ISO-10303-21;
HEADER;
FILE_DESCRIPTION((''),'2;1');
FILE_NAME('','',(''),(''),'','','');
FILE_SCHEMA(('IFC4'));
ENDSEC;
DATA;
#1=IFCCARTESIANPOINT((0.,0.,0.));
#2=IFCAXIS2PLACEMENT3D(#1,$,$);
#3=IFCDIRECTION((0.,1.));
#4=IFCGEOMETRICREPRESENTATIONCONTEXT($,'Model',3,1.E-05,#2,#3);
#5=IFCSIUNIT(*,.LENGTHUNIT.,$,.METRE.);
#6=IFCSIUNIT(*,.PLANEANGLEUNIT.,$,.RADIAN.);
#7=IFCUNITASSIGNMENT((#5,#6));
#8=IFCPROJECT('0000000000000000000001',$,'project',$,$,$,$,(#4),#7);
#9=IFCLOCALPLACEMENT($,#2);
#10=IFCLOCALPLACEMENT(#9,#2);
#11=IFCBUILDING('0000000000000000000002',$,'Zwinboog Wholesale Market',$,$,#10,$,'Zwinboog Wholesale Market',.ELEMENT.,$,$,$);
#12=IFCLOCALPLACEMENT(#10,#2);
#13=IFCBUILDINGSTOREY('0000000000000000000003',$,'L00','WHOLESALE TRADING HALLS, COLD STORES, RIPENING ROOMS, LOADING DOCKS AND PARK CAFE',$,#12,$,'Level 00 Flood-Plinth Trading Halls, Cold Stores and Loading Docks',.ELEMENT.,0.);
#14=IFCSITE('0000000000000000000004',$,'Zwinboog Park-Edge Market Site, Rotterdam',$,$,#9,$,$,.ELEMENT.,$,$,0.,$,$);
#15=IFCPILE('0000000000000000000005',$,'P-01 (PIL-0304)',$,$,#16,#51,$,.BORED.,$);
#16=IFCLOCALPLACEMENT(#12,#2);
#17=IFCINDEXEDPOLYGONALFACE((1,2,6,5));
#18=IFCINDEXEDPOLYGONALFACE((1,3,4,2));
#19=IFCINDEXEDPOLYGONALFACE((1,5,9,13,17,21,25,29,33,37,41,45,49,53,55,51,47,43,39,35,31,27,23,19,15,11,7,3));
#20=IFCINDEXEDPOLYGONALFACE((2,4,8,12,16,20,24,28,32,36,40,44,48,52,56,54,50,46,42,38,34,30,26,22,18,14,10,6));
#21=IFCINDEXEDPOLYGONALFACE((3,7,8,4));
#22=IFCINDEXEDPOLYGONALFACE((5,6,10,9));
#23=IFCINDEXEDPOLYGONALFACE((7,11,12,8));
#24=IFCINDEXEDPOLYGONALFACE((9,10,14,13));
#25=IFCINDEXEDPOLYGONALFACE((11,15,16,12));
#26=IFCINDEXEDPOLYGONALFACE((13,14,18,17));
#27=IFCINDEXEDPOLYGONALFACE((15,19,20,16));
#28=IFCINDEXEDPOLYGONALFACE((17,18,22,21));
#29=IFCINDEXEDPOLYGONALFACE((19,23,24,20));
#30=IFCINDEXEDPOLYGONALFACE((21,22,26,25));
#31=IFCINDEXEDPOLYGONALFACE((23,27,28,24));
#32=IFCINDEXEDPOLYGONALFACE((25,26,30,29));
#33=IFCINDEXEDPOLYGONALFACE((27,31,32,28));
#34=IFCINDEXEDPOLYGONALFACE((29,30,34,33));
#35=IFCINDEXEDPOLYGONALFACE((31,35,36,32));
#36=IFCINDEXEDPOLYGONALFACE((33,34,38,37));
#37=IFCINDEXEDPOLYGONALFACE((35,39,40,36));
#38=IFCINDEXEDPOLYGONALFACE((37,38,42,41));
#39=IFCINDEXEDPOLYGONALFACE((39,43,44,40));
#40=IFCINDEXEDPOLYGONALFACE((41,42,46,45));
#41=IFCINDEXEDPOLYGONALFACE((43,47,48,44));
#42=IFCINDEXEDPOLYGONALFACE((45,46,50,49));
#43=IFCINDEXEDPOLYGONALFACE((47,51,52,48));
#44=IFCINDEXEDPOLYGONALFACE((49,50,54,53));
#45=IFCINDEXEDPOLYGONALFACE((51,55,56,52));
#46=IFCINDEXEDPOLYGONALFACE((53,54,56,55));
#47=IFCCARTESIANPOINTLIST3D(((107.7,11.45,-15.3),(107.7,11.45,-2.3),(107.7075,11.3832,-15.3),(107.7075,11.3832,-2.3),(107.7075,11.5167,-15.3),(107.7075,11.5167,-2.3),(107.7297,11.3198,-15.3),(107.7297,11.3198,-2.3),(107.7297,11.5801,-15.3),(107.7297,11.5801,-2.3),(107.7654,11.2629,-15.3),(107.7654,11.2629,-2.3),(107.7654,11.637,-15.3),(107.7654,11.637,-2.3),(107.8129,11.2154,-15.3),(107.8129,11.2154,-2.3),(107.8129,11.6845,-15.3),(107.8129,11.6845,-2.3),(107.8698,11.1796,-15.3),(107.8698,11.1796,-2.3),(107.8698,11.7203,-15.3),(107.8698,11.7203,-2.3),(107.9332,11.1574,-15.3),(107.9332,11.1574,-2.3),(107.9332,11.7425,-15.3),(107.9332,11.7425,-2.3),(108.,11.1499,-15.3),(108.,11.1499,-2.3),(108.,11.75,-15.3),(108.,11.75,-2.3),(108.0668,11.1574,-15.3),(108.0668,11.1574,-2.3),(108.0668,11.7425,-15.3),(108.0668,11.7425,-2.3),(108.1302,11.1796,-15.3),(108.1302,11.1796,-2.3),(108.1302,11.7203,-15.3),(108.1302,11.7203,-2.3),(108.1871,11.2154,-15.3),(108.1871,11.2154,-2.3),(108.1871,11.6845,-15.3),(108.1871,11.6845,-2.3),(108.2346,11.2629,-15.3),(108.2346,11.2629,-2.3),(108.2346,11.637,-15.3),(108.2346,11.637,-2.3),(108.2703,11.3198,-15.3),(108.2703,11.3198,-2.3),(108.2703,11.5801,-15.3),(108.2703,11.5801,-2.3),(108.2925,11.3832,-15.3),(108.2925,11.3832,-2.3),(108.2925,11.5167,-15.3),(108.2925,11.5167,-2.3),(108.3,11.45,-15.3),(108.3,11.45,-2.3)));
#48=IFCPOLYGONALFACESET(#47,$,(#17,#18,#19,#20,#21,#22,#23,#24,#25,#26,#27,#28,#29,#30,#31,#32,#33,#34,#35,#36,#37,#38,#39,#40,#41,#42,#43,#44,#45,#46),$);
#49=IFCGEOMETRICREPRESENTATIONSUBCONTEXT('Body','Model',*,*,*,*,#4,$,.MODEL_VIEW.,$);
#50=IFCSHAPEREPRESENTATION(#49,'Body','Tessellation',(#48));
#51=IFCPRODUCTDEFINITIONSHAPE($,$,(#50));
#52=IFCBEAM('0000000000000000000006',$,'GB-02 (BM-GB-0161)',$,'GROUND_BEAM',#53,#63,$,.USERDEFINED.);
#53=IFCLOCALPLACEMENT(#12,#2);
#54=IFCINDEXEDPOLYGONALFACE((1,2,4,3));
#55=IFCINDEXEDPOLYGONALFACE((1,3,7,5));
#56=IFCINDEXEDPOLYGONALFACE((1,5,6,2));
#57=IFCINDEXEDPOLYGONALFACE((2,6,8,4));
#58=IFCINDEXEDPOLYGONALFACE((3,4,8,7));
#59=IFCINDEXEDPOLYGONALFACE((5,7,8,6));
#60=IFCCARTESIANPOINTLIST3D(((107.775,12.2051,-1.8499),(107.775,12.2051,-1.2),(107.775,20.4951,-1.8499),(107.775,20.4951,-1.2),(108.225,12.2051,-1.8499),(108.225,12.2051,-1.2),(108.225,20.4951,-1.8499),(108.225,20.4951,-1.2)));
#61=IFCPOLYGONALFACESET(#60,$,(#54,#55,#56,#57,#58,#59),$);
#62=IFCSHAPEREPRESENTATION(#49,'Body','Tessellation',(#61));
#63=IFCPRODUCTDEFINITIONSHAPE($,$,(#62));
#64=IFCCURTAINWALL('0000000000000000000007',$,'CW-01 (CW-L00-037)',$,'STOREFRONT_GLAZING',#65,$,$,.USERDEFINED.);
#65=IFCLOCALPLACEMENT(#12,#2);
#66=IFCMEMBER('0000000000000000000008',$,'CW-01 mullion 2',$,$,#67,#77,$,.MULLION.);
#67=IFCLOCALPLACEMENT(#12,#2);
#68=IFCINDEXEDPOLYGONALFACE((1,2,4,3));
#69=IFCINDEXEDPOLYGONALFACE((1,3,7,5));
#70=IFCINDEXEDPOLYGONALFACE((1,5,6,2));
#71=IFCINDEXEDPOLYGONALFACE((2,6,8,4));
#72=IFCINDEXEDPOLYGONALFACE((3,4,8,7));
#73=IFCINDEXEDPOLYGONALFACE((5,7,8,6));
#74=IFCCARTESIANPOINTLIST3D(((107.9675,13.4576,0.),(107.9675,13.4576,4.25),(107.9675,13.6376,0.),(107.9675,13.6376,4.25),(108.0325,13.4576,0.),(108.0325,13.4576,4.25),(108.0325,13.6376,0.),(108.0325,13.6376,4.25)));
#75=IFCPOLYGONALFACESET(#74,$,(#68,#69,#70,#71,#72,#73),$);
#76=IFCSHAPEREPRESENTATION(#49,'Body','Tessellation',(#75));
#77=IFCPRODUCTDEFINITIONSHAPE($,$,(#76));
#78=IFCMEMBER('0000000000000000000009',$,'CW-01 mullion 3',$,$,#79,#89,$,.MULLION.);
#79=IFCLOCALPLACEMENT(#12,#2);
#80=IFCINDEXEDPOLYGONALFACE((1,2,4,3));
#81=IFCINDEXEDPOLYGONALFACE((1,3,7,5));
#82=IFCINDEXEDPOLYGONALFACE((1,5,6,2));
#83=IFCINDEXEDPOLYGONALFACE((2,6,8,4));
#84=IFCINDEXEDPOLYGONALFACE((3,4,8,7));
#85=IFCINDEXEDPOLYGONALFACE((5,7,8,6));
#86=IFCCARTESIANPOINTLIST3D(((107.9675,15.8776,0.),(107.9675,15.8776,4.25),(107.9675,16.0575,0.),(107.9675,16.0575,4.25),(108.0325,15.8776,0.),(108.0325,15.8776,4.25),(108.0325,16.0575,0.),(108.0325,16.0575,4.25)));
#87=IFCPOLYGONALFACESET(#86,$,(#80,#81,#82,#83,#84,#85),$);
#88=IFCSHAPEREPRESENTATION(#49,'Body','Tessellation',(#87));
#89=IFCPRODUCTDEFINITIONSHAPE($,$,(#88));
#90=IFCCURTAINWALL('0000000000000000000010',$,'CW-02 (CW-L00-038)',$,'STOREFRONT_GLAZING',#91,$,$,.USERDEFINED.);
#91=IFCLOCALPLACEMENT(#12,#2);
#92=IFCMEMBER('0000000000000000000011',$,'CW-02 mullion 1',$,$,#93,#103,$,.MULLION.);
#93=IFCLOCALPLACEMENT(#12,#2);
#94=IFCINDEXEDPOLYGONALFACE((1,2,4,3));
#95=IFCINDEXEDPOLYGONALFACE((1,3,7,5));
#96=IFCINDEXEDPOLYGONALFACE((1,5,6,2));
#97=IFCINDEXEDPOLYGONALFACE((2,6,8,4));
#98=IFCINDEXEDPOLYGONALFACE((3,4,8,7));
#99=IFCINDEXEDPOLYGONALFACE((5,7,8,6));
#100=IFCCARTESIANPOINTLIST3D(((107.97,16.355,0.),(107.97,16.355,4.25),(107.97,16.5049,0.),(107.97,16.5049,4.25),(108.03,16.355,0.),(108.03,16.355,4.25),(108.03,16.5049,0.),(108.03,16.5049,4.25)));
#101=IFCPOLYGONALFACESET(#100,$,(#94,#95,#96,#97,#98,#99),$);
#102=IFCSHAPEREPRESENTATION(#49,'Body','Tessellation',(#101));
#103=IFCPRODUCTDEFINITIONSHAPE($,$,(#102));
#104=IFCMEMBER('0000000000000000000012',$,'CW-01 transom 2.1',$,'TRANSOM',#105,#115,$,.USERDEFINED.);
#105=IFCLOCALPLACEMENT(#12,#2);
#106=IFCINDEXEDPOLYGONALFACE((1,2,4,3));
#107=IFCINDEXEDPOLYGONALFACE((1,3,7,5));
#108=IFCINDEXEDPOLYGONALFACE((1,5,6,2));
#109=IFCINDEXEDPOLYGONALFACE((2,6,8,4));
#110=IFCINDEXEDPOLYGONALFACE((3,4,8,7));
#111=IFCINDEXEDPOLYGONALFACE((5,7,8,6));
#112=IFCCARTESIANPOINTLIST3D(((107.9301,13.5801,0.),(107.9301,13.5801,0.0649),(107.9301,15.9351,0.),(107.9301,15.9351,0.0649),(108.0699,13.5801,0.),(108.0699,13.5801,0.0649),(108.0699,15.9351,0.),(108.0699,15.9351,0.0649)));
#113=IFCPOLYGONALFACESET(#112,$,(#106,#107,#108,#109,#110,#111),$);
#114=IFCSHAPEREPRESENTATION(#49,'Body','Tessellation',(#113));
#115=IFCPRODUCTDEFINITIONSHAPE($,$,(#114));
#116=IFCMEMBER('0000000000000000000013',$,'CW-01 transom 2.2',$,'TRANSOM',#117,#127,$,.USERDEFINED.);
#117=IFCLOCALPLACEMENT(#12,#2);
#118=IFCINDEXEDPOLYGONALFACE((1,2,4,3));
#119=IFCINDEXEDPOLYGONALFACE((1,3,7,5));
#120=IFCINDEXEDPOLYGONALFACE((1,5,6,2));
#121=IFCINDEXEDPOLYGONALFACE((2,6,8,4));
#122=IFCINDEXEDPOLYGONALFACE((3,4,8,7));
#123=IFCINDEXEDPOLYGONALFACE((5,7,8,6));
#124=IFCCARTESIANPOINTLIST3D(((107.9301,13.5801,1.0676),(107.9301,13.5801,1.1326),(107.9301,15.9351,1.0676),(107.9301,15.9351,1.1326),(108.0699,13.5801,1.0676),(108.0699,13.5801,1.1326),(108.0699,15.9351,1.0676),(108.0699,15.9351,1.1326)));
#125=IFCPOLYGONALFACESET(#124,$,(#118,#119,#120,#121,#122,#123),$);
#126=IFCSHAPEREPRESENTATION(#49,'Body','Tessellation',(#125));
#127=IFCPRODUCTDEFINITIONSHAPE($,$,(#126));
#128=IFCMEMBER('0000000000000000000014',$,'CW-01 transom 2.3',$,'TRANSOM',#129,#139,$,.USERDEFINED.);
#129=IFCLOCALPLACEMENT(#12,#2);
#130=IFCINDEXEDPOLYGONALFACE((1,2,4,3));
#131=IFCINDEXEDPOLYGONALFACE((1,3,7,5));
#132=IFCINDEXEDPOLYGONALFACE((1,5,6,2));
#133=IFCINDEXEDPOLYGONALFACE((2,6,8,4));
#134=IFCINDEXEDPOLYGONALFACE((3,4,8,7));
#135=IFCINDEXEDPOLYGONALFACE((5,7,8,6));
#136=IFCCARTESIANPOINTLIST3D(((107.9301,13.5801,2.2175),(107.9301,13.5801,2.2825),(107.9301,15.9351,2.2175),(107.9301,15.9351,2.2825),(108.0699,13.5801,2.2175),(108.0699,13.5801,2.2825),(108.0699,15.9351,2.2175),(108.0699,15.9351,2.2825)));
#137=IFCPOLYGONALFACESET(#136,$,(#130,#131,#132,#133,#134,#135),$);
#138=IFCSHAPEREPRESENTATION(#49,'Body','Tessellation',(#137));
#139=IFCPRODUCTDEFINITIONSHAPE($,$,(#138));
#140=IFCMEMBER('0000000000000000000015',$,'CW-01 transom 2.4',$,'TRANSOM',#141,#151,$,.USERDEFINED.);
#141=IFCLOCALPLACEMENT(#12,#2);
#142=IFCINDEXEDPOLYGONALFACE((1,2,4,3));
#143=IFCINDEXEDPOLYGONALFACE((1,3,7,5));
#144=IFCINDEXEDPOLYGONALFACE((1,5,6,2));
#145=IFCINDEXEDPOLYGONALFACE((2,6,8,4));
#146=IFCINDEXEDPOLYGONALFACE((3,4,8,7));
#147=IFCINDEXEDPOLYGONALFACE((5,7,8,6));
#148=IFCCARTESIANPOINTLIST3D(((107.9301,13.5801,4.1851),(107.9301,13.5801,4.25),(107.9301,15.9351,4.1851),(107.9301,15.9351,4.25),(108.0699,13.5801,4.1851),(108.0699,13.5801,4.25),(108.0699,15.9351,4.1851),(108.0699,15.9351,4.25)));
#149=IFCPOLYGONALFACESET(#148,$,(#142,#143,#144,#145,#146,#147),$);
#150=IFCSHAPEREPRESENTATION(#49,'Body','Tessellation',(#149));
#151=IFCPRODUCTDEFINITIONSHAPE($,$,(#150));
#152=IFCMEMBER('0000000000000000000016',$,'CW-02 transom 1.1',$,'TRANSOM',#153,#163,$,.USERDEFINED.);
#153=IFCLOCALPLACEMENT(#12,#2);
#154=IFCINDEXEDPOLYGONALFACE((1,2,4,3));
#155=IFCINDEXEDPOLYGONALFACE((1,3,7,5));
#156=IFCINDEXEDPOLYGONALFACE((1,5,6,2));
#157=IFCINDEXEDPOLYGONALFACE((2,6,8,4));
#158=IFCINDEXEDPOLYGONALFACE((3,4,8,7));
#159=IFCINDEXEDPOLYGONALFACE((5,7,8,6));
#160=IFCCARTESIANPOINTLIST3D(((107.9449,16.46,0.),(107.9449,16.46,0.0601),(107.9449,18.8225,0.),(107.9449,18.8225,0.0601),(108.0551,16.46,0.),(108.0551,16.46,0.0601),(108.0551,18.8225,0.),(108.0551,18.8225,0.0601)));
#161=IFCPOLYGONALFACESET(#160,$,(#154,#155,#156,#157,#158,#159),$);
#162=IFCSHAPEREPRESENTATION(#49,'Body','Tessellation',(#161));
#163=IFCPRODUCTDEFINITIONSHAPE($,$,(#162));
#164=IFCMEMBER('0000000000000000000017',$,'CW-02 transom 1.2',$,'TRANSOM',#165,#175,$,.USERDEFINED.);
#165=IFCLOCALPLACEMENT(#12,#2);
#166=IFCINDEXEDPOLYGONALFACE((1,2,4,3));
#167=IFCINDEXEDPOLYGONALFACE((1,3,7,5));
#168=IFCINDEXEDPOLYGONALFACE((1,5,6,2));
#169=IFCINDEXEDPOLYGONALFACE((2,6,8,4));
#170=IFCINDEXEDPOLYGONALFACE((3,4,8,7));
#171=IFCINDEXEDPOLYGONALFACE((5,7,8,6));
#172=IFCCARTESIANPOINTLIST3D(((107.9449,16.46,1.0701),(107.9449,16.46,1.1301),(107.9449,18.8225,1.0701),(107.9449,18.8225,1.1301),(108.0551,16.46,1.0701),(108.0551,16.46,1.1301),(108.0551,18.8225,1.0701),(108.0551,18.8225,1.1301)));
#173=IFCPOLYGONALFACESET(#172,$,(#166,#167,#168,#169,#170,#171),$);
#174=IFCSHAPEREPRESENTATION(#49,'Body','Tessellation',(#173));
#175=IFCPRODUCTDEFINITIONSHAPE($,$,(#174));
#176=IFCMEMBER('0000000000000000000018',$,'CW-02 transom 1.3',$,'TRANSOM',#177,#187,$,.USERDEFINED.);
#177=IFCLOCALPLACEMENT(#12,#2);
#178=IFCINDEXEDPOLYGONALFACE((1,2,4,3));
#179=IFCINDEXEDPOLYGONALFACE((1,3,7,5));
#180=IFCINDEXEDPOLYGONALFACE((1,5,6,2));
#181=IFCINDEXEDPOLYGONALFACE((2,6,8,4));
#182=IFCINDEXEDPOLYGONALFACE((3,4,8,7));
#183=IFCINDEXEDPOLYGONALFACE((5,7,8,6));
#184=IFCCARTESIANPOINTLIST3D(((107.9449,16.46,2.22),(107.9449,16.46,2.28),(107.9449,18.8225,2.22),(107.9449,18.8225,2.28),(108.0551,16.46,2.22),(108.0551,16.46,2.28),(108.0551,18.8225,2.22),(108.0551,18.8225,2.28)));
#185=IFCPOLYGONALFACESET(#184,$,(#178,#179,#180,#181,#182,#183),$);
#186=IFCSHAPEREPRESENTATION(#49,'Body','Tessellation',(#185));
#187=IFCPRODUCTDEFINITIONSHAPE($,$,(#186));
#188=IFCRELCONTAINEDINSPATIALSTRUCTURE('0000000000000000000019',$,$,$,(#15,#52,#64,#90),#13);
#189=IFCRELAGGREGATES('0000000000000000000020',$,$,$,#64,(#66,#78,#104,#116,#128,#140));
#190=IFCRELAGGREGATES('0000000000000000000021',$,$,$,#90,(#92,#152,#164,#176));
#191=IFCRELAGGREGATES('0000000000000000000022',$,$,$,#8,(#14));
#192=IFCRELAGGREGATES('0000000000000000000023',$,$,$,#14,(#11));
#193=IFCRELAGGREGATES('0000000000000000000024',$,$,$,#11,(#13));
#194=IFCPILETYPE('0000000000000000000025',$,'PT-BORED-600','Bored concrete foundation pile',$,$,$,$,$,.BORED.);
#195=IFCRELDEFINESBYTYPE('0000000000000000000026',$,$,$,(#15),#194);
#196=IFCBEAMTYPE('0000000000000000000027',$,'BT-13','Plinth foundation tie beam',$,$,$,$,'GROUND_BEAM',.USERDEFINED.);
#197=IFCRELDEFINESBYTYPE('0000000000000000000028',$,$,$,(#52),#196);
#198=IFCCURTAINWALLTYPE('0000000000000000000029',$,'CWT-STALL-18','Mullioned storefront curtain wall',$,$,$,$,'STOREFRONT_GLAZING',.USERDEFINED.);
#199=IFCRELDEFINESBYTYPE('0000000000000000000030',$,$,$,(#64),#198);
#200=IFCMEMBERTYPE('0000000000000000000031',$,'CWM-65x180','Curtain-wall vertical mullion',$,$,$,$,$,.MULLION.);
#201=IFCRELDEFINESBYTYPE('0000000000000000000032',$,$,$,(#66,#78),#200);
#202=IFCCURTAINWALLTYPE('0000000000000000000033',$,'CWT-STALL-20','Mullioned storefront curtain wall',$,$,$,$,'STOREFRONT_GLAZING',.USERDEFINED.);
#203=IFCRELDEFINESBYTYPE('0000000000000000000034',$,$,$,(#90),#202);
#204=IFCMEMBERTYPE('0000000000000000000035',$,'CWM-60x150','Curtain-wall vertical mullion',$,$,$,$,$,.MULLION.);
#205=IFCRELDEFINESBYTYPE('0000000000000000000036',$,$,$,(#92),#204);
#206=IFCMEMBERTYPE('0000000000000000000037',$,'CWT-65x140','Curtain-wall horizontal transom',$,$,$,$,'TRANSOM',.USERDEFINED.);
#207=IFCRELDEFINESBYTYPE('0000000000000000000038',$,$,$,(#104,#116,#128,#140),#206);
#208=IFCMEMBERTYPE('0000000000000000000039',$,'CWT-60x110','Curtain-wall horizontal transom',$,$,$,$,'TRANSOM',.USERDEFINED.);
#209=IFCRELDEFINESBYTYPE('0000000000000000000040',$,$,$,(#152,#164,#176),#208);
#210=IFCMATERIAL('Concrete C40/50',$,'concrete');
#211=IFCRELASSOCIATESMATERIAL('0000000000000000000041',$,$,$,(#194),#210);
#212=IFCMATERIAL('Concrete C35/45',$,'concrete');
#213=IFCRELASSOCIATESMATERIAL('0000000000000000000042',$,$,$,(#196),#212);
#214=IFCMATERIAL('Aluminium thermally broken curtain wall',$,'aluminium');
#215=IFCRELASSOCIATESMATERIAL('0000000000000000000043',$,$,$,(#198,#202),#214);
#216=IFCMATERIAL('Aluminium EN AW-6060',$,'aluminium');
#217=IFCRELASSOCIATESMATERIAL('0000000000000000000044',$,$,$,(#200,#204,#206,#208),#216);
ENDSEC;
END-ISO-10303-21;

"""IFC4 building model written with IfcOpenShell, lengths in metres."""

from ifc_helpers import new_model, si_unit, direction, frame, origin, origin_2d, place, context, subcontext, project, spatial, rectangle, circle, extrude, material, material_profile, profile_set, type_object, element, aggregate, save


model = new_model("IFC4")

# Units and contexts
model_context = context("Model", 3, precision=1e-05, world=origin(), true_north=direction((0.0, 1.0)))
body_context = subcontext(model_context, "Body", "Model", "MODEL_VIEW")
ifc_project = project(units=[si_unit("LENGTHUNIT", "METRE"), si_unit("PLANEANGLEUNIT", "RADIAN")], contexts=[model_context])

# Site, building, storey
site_placement = place(None, origin())
site = spatial("IfcSite", under=ifc_project, at=site_placement, Name="Zwinboog Park-Edge Market Site, Rotterdam", CompositionType="ELEMENT", RefElevation=0.0)
building_placement = place(site_placement, origin())
building = spatial("IfcBuilding", under=site, at=building_placement, Name="Zwinboog Wholesale Market", LongName="Zwinboog Wholesale Market", CompositionType="ELEMENT")
storey_placement = place(building_placement, origin())
storey = spatial("IfcBuildingStorey", under=building, at=storey_placement, Name="L00", Description="WHOLESALE TRADING HALLS, COLD STORES, RIPENING ROOMS, LOADING DOCKS AND PARK CAFE", LongName="Level 00 Flood-Plinth Trading Halls, Cold Stores and Loading Docks", CompositionType="ELEMENT", Elevation=0.0)

# Pile
ifc_material_1 = material(Name="Concrete C40/50", Category="concrete")
ifc_material_profile_1 = material_profile(ifc_material_1, circle(Radius=0.3, at=origin_2d()), Name="PILE D600")
ifc_profile_set_1 = profile_set([ifc_material_profile_1], Name="Concrete C40/50")
pile_type = type_object("IfcPileType", Name="PT-BORED-600", Description="Bored concrete foundation pile", PredefinedType="BORED", material=ifc_profile_set_1)
pile_placement = place(storey_placement, frame((108.0, 11.45, -2.3), z_axis=(0.0, 0.0, -1.0), x_axis=(1.0, 0.0, 0.0)))
element("IfcPile", 1, at=pile_placement, inside=storey, type_object=pile_type, Name="P-01 (PIL-0304)", PredefinedType="BORED", context=body_context, shape_type="SweptSolid", body=[
    extrude(circle(Radius=0.3, at=origin_2d()), origin(), (0.0, 0.0, 1.0), 13.0),
])

# Beam
ifc_material_2 = material(Name="Concrete C35/45", Category="concrete")
ifc_material_profile_2 = material_profile(ifc_material_2, rectangle(XDim=0.45, YDim=0.6499, at=origin_2d()), Name="RC 450x650")
ifc_profile_set_2 = profile_set([ifc_material_profile_2], Name="Concrete C35/45")
beam_type = type_object("IfcBeamType", Name="BT-13", Description="Plinth foundation tie beam", ElementType="GROUND_BEAM", PredefinedType="USERDEFINED", material=ifc_profile_set_2)
beam_placement = place(storey_placement, frame((108.0, 12.2051, -1.5249), z_axis=(0.0, 1.0, 0.0), x_axis=(-1.0, 0.0, 0.0)))
element("IfcBeam", 2, at=beam_placement, inside=storey, type_object=beam_type, Name="GB-02 (BM-GB-0161)", ObjectType="GROUND_BEAM", PredefinedType="USERDEFINED", context=body_context, shape_type="SweptSolid", body=[
    extrude(rectangle(XDim=0.45, YDim=0.6499, at=origin_2d()), origin(), (0.0, 0.0, 1.0), 8.29),
])

# Curtain wall, members
ifc_material_3 = material(Name="Aluminium thermally broken curtain wall", Category="aluminium")
curtain_wall_type_1 = type_object("IfcCurtainWallType", Name="CWT-STALL-18", Description="Mullioned storefront curtain wall", ElementType="STOREFRONT_GLAZING", PredefinedType="USERDEFINED", material=ifc_material_3)
curtain_wall_1_placement = place(storey_placement, origin())
curtain_wall_1 = element("IfcCurtainWall", 3, at=curtain_wall_1_placement, inside=storey, type_object=curtain_wall_type_1, Name="CW-01 (CW-L00-037)", ObjectType="STOREFRONT_GLAZING", PredefinedType="USERDEFINED")
ifc_material_4 = material(Name="Aluminium EN AW-6060", Category="aluminium")
ifc_material_profile_3 = material_profile(ifc_material_4, rectangle(XDim=0.0649, YDim=0.1799, at=origin_2d()), Name="AL 65x180")
ifc_profile_set_3 = profile_set([ifc_material_profile_3], Name="Aluminium EN AW-6060")
member_type_1 = type_object("IfcMemberType", Name="CWM-65x180", Description="Curtain-wall vertical mullion", PredefinedType="MULLION", material=ifc_profile_set_3)
member_1_placement = place(storey_placement, frame((108.0, 13.5476, 0.0), z_axis=(0.0, 0.0, 1.0), x_axis=(-1.0, 0.0, 0.0)))
member_1 = element("IfcMember", 4, at=member_1_placement, type_object=member_type_1, Name="CW-01 mullion 2", PredefinedType="MULLION", context=body_context, shape_type="SweptSolid", body=[
    extrude(rectangle(XDim=0.0649, YDim=0.1799, at=origin_2d()), origin(), (0.0, 0.0, 1.0), 4.25),
])
member_2_placement = place(storey_placement, frame((108.0, 15.9675, 0.0), z_axis=(0.0, 0.0, 1.0), x_axis=(-1.0, 0.0, 0.0)))
member_2 = element("IfcMember", 5, at=member_2_placement, type_object=member_type_1, Name="CW-01 mullion 3", PredefinedType="MULLION", context=body_context, shape_type="SweptSolid", body=[
    extrude(rectangle(XDim=0.0649, YDim=0.1799, at=origin_2d()), origin(), (0.0, 0.0, 1.0), 4.25),
])

# Curtain wall, member
curtain_wall_type_2 = type_object("IfcCurtainWallType", Name="CWT-STALL-20", Description="Mullioned storefront curtain wall", ElementType="STOREFRONT_GLAZING", PredefinedType="USERDEFINED", material=ifc_material_3)
curtain_wall_2_placement = place(storey_placement, origin())
curtain_wall_2 = element("IfcCurtainWall", 6, at=curtain_wall_2_placement, inside=storey, type_object=curtain_wall_type_2, Name="CW-02 (CW-L00-038)", ObjectType="STOREFRONT_GLAZING", PredefinedType="USERDEFINED")
ifc_material_profile_4 = material_profile(ifc_material_4, rectangle(XDim=0.0601, YDim=0.1499, at=origin_2d()), Name="AL 60x150")
ifc_profile_set_4 = profile_set([ifc_material_profile_4], Name="Aluminium EN AW-6060")
member_type_2 = type_object("IfcMemberType", Name="CWM-60x150", Description="Curtain-wall vertical mullion", PredefinedType="MULLION", material=ifc_profile_set_4)
member_3_placement = place(storey_placement, frame((108.0, 16.4299, 0.0), z_axis=(0.0, 0.0, 1.0), x_axis=(-1.0, 0.0, 0.0)))
member_3 = element("IfcMember", 7, at=member_3_placement, type_object=member_type_2, Name="CW-02 mullion 1", PredefinedType="MULLION", context=body_context, shape_type="SweptSolid", body=[
    extrude(rectangle(XDim=0.0601, YDim=0.1499, at=origin_2d()), origin(), (0.0, 0.0, 1.0), 4.25),
])

# Members
ifc_material_profile_5 = material_profile(ifc_material_4, rectangle(XDim=0.1399, YDim=0.0649, at=origin_2d()), Name="AL 65x140")
ifc_profile_set_5 = profile_set([ifc_material_profile_5], Name="Aluminium EN AW-6060")
member_type_3 = type_object("IfcMemberType", Name="CWT-65x140", Description="Curtain-wall horizontal transom", ElementType="TRANSOM", PredefinedType="USERDEFINED", material=ifc_profile_set_5)
member_4_placement = place(storey_placement, frame((108.0, 13.5801, 0.0325), z_axis=(0.0, 1.0, 0.0), x_axis=(-1.0, 0.0, 0.0)))
member_4 = element("IfcMember", 8, at=member_4_placement, type_object=member_type_3, Name="CW-01 transom 2.1", ObjectType="TRANSOM", PredefinedType="USERDEFINED", context=body_context, shape_type="SweptSolid", body=[
    extrude(rectangle(XDim=0.1399, YDim=0.0649, at=origin_2d()), origin(), (0.0, 0.0, 1.0), 2.355),
])
member_5_placement = place(storey_placement, frame((108.0, 13.5801, 1.1001), z_axis=(0.0, 1.0, 0.0), x_axis=(-1.0, 0.0, 0.0)))
member_5 = element("IfcMember", 9, at=member_5_placement, type_object=member_type_3, Name="CW-01 transom 2.2", ObjectType="TRANSOM", PredefinedType="USERDEFINED", context=body_context, shape_type="SweptSolid", body=[
    extrude(rectangle(XDim=0.1399, YDim=0.0649, at=origin_2d()), origin(), (0.0, 0.0, 1.0), 2.355),
])
member_6_placement = place(storey_placement, frame((108.0, 13.5801, 2.25), z_axis=(0.0, 1.0, 0.0), x_axis=(-1.0, 0.0, 0.0)))
member_6 = element("IfcMember", 10, at=member_6_placement, type_object=member_type_3, Name="CW-01 transom 2.3", ObjectType="TRANSOM", PredefinedType="USERDEFINED", context=body_context, shape_type="SweptSolid", body=[
    extrude(rectangle(XDim=0.1399, YDim=0.0649, at=origin_2d()), origin(), (0.0, 0.0, 1.0), 2.355),
])
member_7_placement = place(storey_placement, frame((108.0, 13.5801, 4.2175), z_axis=(0.0, 1.0, 0.0), x_axis=(-1.0, 0.0, 0.0)))
member_7 = element("IfcMember", 11, at=member_7_placement, type_object=member_type_3, Name="CW-01 transom 2.4", ObjectType="TRANSOM", PredefinedType="USERDEFINED", context=body_context, shape_type="SweptSolid", body=[
    extrude(rectangle(XDim=0.1399, YDim=0.0649, at=origin_2d()), origin(), (0.0, 0.0, 1.0), 2.355),
])
ifc_material_profile_6 = material_profile(ifc_material_4, rectangle(XDim=0.1101, YDim=0.0601, at=origin_2d()), Name="AL 60x110")
ifc_profile_set_6 = profile_set([ifc_material_profile_6], Name="Aluminium EN AW-6060")
member_type_4 = type_object("IfcMemberType", Name="CWT-60x110", Description="Curtain-wall horizontal transom", ElementType="TRANSOM", PredefinedType="USERDEFINED", material=ifc_profile_set_6)
member_8_placement = place(storey_placement, frame((108.0, 16.46, 0.03), z_axis=(0.0, 1.0, 0.0), x_axis=(-1.0, 0.0, 0.0)))
member_8 = element("IfcMember", 12, at=member_8_placement, type_object=member_type_4, Name="CW-02 transom 1.1", ObjectType="TRANSOM", PredefinedType="USERDEFINED", context=body_context, shape_type="SweptSolid", body=[
    extrude(rectangle(XDim=0.1101, YDim=0.0601, at=origin_2d()), origin(), (0.0, 0.0, 1.0), 2.3625),
])
member_9_placement = place(storey_placement, frame((108.0, 16.46, 1.1001), z_axis=(0.0, 1.0, 0.0), x_axis=(-1.0, 0.0, 0.0)))
member_9 = element("IfcMember", 13, at=member_9_placement, type_object=member_type_4, Name="CW-02 transom 1.2", ObjectType="TRANSOM", PredefinedType="USERDEFINED", context=body_context, shape_type="SweptSolid", body=[
    extrude(rectangle(XDim=0.1101, YDim=0.0601, at=origin_2d()), origin(), (0.0, 0.0, 1.0), 2.3625),
])
member_10_placement = place(storey_placement, frame((108.0, 16.46, 2.25), z_axis=(0.0, 1.0, 0.0), x_axis=(-1.0, 0.0, 0.0)))
member_10 = element("IfcMember", 14, at=member_10_placement, type_object=member_type_4, Name="CW-02 transom 1.3", ObjectType="TRANSOM", PredefinedType="USERDEFINED", context=body_context, shape_type="SweptSolid", body=[
    extrude(rectangle(XDim=0.1101, YDim=0.0601, at=origin_2d()), origin(), (0.0, 0.0, 1.0), 2.3625),
])

aggregate(curtain_wall_1, [member_1, member_2, member_4, member_5, member_6, member_7])
aggregate(curtain_wall_2, [member_3, member_8, member_9, member_10])

save(model, "model.ifc")
